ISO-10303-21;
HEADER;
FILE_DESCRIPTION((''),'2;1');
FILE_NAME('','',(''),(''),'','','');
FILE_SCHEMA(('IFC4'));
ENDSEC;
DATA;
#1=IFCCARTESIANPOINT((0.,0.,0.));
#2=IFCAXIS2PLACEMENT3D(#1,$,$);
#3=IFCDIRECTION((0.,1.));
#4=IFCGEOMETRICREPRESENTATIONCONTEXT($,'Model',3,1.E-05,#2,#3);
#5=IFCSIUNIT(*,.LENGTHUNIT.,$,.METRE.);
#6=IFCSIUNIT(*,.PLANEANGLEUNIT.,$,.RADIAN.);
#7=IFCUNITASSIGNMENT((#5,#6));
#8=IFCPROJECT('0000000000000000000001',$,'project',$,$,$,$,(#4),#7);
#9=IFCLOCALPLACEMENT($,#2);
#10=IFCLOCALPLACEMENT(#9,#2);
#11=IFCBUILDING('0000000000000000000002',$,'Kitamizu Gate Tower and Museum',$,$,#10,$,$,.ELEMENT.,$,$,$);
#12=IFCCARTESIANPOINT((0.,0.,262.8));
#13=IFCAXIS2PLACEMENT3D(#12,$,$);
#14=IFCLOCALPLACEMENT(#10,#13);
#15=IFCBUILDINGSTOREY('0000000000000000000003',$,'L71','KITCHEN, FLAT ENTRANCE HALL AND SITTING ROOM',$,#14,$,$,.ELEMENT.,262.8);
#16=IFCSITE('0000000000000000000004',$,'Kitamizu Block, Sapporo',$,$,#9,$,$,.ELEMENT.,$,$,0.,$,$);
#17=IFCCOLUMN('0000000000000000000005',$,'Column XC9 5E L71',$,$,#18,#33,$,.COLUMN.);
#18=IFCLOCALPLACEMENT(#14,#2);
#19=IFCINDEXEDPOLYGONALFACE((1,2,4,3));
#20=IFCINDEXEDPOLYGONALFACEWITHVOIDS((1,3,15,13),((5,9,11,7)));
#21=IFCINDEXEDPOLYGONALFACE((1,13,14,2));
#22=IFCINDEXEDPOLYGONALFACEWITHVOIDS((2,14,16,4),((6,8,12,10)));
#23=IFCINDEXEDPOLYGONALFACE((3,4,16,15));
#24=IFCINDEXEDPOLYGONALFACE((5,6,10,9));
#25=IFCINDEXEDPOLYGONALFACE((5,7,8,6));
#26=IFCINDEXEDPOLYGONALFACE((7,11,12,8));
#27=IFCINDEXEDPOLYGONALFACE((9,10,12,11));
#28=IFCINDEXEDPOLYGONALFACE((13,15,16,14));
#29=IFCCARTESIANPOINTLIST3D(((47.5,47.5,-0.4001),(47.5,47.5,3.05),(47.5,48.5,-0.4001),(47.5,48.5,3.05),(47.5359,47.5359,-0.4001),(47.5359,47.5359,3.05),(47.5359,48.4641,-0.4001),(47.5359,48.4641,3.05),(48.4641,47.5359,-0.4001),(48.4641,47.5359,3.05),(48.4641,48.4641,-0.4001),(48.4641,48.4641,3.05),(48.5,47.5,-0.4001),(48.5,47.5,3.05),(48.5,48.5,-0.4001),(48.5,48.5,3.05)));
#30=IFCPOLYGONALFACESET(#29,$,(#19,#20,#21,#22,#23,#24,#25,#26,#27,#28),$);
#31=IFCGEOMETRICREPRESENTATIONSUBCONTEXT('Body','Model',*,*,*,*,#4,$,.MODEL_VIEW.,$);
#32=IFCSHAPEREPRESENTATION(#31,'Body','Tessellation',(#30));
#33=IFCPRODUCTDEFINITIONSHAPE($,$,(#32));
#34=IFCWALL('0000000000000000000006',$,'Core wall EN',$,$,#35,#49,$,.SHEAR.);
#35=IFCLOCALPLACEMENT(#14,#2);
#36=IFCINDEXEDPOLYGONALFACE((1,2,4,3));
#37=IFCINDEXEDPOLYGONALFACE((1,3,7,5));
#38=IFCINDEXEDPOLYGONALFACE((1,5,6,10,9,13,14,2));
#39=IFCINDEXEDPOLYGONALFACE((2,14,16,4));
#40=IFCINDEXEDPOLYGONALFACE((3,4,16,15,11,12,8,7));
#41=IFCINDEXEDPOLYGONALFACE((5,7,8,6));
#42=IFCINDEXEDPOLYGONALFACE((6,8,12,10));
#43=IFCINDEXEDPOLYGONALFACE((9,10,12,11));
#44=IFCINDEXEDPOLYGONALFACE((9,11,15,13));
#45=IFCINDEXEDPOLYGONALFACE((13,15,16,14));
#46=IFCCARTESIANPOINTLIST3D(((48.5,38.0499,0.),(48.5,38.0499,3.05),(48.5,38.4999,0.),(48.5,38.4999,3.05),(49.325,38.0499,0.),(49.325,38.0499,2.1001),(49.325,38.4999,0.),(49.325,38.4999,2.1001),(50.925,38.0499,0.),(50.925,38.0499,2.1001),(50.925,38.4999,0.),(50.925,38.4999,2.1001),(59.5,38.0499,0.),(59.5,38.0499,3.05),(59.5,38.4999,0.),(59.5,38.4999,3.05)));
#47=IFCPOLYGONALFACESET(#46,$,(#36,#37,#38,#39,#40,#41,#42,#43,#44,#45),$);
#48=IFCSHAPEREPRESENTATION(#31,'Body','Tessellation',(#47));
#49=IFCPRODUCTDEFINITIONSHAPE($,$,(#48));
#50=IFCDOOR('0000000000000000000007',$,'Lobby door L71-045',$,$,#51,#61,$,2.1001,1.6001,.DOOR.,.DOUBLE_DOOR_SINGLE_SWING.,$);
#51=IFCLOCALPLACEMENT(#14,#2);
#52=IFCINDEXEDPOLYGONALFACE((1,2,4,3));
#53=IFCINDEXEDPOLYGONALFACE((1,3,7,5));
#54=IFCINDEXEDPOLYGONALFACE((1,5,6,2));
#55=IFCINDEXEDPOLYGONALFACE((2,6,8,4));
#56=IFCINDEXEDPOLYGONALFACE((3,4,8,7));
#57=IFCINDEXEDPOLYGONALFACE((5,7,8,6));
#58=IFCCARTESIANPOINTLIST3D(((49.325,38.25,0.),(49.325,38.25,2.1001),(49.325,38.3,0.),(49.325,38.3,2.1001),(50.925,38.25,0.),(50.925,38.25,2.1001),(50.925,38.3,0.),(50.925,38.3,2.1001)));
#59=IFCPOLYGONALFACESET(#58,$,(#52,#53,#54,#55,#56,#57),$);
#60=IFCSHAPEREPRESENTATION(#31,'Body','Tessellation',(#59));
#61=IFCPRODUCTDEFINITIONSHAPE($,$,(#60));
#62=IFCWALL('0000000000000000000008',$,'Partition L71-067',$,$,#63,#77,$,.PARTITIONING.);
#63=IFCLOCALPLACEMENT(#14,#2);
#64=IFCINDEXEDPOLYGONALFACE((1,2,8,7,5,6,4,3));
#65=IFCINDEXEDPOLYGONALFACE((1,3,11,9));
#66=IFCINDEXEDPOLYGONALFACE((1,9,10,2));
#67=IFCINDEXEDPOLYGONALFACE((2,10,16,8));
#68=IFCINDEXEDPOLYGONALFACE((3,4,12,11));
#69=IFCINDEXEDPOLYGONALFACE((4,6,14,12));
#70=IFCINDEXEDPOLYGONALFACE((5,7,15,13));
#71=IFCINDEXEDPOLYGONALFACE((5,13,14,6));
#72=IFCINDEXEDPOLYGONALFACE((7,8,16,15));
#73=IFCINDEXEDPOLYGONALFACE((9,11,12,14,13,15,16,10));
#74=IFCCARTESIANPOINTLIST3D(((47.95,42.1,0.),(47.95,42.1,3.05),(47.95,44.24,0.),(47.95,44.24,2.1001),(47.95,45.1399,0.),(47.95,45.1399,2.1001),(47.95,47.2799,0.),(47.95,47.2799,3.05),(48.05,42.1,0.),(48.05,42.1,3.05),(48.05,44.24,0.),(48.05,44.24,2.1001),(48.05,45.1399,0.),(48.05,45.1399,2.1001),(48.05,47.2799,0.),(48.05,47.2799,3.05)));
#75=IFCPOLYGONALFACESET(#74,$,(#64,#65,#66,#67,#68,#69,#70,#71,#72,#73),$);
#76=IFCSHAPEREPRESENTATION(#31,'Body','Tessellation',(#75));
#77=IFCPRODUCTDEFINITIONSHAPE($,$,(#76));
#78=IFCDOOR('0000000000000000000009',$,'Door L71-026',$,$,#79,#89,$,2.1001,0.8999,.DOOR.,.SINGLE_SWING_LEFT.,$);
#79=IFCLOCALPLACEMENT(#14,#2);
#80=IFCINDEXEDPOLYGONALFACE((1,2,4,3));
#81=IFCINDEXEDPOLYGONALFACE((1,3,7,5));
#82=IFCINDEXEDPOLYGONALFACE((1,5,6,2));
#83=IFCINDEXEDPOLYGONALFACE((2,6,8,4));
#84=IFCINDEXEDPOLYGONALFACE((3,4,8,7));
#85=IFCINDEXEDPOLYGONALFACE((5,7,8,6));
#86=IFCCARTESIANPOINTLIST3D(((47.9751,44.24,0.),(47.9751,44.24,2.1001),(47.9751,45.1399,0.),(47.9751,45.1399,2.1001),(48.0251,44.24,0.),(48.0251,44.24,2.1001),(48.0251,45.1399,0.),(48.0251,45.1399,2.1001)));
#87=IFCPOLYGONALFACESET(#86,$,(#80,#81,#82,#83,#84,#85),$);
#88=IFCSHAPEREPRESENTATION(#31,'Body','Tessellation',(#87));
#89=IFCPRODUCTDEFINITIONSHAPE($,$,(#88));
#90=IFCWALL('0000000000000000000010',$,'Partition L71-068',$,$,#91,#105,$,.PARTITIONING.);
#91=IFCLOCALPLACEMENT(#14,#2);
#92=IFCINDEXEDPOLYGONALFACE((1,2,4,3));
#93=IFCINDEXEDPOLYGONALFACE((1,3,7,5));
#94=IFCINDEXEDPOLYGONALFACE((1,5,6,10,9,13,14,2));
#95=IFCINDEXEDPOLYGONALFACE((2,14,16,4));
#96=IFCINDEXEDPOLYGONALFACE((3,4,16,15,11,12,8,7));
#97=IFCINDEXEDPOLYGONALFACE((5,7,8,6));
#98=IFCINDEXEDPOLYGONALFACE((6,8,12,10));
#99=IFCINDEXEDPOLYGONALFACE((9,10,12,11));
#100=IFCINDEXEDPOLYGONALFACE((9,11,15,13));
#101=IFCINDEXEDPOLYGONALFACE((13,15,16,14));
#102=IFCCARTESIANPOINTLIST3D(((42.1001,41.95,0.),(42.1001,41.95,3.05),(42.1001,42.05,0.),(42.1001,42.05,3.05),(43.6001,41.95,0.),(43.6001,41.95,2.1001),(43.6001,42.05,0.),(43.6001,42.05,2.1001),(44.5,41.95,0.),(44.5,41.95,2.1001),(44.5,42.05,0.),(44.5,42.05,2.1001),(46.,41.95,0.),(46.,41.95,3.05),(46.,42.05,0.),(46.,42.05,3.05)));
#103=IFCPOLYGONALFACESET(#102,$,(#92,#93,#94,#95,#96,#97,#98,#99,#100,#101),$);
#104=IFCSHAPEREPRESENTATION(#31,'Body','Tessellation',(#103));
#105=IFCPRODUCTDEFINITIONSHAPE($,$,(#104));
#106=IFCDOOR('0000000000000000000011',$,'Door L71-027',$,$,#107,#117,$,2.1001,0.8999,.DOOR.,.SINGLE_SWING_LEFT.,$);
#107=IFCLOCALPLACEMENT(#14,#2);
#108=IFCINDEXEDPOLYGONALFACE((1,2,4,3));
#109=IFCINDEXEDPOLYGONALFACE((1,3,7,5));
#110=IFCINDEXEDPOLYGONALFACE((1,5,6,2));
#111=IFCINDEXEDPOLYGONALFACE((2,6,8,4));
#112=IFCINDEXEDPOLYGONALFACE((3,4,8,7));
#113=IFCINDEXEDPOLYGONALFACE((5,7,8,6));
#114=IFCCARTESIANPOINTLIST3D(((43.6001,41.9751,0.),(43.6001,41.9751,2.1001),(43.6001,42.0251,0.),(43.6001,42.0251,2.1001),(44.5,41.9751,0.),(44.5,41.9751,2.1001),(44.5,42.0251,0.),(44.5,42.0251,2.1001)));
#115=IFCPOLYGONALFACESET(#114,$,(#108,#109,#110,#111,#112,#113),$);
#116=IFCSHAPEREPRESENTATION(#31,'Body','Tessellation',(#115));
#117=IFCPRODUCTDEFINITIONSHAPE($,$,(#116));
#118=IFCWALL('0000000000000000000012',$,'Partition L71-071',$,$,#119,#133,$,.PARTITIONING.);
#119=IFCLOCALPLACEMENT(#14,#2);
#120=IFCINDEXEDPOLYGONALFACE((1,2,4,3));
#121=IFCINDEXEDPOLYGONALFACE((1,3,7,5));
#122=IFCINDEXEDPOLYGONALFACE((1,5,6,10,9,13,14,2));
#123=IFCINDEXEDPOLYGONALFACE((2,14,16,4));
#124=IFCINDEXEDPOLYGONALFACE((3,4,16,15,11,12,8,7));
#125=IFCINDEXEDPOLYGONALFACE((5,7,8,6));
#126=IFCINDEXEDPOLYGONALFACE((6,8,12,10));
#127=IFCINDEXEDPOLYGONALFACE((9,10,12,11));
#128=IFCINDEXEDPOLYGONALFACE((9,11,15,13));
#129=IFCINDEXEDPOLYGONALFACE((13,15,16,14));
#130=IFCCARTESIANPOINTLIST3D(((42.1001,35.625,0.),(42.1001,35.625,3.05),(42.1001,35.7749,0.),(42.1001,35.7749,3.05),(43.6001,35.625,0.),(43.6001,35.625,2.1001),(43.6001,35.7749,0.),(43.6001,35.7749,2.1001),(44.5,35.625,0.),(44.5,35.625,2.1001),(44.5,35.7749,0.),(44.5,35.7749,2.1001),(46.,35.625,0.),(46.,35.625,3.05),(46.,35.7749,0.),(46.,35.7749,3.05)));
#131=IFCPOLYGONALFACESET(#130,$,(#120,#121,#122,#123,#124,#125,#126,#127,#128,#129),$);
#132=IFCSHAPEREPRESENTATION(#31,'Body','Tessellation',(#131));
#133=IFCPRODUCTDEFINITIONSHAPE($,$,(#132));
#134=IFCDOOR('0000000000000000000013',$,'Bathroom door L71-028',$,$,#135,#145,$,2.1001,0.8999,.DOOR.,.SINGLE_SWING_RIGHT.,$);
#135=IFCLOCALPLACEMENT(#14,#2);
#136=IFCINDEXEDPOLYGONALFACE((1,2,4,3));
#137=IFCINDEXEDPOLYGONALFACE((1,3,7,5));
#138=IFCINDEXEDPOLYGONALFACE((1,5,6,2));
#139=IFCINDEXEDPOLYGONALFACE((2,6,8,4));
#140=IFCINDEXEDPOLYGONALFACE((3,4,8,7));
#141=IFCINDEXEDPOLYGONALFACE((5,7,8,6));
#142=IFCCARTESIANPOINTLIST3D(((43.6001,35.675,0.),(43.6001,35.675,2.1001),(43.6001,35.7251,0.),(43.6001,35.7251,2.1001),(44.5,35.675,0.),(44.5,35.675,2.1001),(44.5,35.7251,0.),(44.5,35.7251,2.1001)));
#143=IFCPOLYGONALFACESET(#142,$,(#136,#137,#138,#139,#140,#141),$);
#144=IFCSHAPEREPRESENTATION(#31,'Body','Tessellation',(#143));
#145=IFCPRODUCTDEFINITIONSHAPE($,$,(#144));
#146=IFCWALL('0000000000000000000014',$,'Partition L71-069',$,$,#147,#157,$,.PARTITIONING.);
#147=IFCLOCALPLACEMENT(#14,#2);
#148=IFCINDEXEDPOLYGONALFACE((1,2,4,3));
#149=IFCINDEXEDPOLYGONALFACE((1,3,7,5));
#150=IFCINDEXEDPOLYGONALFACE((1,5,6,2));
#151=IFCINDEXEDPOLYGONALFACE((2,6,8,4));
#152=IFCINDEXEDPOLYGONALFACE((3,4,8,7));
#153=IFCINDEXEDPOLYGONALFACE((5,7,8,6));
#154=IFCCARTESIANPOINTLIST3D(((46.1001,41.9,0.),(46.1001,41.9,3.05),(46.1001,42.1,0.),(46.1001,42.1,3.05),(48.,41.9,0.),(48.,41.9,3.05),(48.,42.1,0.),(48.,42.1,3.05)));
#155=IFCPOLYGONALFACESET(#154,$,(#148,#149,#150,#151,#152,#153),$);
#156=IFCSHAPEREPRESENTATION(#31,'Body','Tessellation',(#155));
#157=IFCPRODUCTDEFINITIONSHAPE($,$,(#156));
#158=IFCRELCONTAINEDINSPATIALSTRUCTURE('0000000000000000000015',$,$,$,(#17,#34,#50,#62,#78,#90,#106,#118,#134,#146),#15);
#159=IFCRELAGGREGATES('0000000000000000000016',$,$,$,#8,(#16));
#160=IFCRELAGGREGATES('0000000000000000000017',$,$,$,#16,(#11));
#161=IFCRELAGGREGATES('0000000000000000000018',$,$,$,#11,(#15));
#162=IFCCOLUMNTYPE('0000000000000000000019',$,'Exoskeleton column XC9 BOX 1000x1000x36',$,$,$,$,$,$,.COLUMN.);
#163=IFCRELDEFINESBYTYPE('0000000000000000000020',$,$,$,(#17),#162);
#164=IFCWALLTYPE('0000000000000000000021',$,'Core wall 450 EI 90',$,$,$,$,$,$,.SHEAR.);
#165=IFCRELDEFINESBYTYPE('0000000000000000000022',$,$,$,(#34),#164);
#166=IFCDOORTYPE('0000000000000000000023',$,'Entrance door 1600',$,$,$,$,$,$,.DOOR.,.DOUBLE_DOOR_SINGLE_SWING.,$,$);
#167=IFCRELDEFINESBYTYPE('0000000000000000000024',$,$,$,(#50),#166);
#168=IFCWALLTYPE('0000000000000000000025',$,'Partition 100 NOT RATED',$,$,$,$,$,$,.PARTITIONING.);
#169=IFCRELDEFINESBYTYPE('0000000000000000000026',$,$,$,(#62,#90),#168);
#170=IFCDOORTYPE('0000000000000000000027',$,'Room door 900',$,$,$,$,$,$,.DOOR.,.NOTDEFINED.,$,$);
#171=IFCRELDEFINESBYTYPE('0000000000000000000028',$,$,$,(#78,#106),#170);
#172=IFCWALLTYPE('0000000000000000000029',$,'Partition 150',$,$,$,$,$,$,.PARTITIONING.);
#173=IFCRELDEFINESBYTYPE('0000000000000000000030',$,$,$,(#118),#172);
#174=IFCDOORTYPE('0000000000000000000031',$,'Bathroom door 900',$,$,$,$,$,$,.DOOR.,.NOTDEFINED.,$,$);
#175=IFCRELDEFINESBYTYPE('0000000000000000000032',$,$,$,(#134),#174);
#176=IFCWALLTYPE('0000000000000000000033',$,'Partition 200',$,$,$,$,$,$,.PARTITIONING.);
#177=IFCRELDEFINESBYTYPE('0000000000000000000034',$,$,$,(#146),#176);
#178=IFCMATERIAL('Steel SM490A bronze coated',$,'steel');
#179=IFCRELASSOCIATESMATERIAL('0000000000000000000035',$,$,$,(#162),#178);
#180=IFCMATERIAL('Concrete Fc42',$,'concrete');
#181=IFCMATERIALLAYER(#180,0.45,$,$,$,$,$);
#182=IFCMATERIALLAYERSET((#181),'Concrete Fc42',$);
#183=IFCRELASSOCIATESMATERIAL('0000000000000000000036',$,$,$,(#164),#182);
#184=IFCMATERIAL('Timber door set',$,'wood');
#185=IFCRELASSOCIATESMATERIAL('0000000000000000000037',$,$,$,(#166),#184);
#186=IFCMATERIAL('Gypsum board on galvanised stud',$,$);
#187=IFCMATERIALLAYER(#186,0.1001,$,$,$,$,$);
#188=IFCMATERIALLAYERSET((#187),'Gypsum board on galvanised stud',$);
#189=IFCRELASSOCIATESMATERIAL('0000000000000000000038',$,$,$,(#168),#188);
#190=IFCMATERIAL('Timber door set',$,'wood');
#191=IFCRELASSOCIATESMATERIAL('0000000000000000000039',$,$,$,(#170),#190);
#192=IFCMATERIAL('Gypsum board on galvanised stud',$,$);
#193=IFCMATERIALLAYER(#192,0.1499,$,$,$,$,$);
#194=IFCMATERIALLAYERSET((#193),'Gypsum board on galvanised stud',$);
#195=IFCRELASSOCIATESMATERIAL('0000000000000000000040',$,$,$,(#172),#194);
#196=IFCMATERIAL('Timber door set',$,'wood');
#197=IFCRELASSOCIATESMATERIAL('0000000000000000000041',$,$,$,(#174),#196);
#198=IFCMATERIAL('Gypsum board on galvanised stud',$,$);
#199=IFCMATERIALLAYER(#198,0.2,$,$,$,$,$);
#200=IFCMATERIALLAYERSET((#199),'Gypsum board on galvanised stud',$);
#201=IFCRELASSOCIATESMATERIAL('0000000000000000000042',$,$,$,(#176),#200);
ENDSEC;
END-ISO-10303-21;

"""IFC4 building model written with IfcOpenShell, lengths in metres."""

from ifc_helpers import new_model, si_unit, direction, frame, frame_2d, origin, origin_2d, place, context, subcontext, project, spatial, rectangle, hollow_rectangle, extrude, material, layer, layer_set, material_profile, profile_set, type_object, element, fill, save


model = new_model("IFC4")

# Units and contexts
model_context = context("Model", 3, precision=1e-05, world=origin(), true_north=direction((0.0, 1.0)))
body_context = subcontext(model_context, "Body", "Model", "MODEL_VIEW")
ifc_project = project(units=[si_unit("LENGTHUNIT", "METRE"), si_unit("PLANEANGLEUNIT", "RADIAN")], contexts=[model_context])

# Site, building, storey
site_placement = place(None, origin())
site = spatial("IfcSite", under=ifc_project, at=site_placement, Name="Kitamizu Block, Sapporo", CompositionType="ELEMENT", RefElevation=0.0)
building_placement = place(site_placement, origin())
building = spatial("IfcBuilding", under=site, at=building_placement, Name="Kitamizu Gate Tower and Museum", CompositionType="ELEMENT")
storey_placement = place(building_placement, frame((0.0, 0.0, 262.8)))
storey = spatial("IfcBuildingStorey", under=building, at=storey_placement, Name="L71", Description="KITCHEN, FLAT ENTRANCE HALL AND SITTING ROOM", CompositionType="ELEMENT", Elevation=262.8)

# Column
ifc_material_1 = material(Name="Steel SM490A bronze coated", Category="steel")
ifc_material_profile = material_profile(ifc_material_1, hollow_rectangle(XDim=1.0, YDim=1.0, WallThickness=0.0359, at=origin_2d()), Name="BOX 1000x1000x36")
ifc_profile_set = profile_set([ifc_material_profile], Name="Steel SM490A bronze coated")
column_type = type_object("IfcColumnType", Name="Exoskeleton column XC9 BOX 1000x1000x36", PredefinedType="COLUMN", material=ifc_profile_set)
column_placement = place(storey_placement, frame((48.0, 48.0, -0.4001), z_axis=(0.0, 0.0, 1.0), x_axis=(1.0, 0.0, 0.0)))
element("IfcColumn", 1, at=column_placement, inside=storey, type_object=column_type, Name="Column XC9 5E L71", PredefinedType="COLUMN", context=body_context, shape_type="SweptSolid", body=[
    extrude(hollow_rectangle(XDim=1.0, YDim=1.0, WallThickness=0.0359, at=origin_2d()), origin(), (0.0, 0.0, 1.0), 3.4502),
])

# Walls, openings, doors
ifc_material_2 = material(Name="Concrete Fc42", Category="concrete")
ifc_layer_1 = layer(ifc_material_2, 0.45)
ifc_layer_set_1 = layer_set([ifc_layer_1], Name="Concrete Fc42")
wall_type_1 = type_object("IfcWallType", Name="Core wall 450 EI 90", PredefinedType="SHEAR", material=ifc_layer_set_1)
wall_1_placement = place(storey_placement, frame((59.5, 38.2749, 0.0), z_axis=(0.0, 0.0, 1.0), x_axis=(-1.0, 0.0, 0.0)))
wall_1 = element("IfcWall", 2, at=wall_1_placement, inside=storey, type_object=wall_type_1, Name="Core wall EN", PredefinedType="SHEAR", context=body_context, shape_type="SweptSolid", body=[
    extrude(rectangle(XDim=11.0, YDim=0.45, at=frame_2d((5.5, 0.0))), origin(), (0.0, 0.0, 1.0), 3.05),
])
opening_1_placement = place(wall_1_placement, frame((8.575, 0.0, 0.0)))
opening_1 = element("IfcOpeningElement", 3, at=opening_1_placement, cuts=wall_1, PredefinedType="OPENING", context=body_context, shape_type="SweptSolid", body=[
    extrude(rectangle(XDim=1.6001, YDim=2.1001, at=frame_2d((0.8, 1.05))), frame((0.0, 0.2349, 0.0), z_axis=(0.0, -1.0, 0.0), x_axis=(1.0, 0.0, 0.0)), (0.0, 0.0, 1.0), 0.47),
])
ifc_material_3 = material(Name="Timber door set", Category="wood")
door_type_1 = type_object("IfcDoorType", Name="Entrance door 1600", OperationType="DOUBLE_DOOR_SINGLE_SWING", PredefinedType="DOOR", material=ifc_material_3)
door_1_placement = place(opening_1_placement, origin())
door_1 = element("IfcDoor", 4, at=door_1_placement, inside=storey, type_object=door_type_1, Name="Lobby door L71-045", OperationType="DOUBLE_DOOR_SINGLE_SWING", OverallHeight=2.1001, OverallWidth=1.6001, PredefinedType="DOOR", context=body_context, shape_type="SweptSolid", body=[
    extrude(rectangle(XDim=1.6001, YDim=2.1001, at=frame_2d((0.8, 1.05))), frame((0.0, 0.0249, 0.0), z_axis=(0.0, -1.0, 0.0), x_axis=(1.0, 0.0, 0.0)), (0.0, 0.0, 1.0), 0.05),
])
fill(opening_1, door_1)
ifc_material_4 = material(Name="Gypsum board on galvanised stud")
ifc_layer_2 = layer(ifc_material_4, 0.1001)
ifc_layer_set_2 = layer_set([ifc_layer_2], Name="Gypsum board on galvanised stud")
wall_type_2 = type_object("IfcWallType", Name="Partition 100 NOT RATED", PredefinedType="PARTITIONING", material=ifc_layer_set_2)
wall_2_placement = place(storey_placement, frame((48.0, 42.1001, 0.0), z_axis=(0.0, 0.0, 1.0), x_axis=(0.0, 1.0, 0.0)))
wall_2 = element("IfcWall", 5, at=wall_2_placement, inside=storey, type_object=wall_type_2, Name="Partition L71-067", PredefinedType="PARTITIONING", context=body_context, shape_type="SweptSolid", body=[
    extrude(rectangle(XDim=5.1799, YDim=0.1001, at=frame_2d((2.5898, 0.0))), origin(), (0.0, 0.0, 1.0), 3.05),
])
opening_2_placement = place(wall_2_placement, frame((2.1399, 0.0, 0.0)))
opening_2 = element("IfcOpeningElement", 6, at=opening_2_placement, cuts=wall_2, PredefinedType="OPENING", context=body_context, shape_type="SweptSolid", body=[
    extrude(rectangle(XDim=0.8999, YDim=2.1001, at=frame_2d((0.45, 1.05))), frame((0.0, 0.0601, 0.0), z_axis=(0.0, -1.0, 0.0), x_axis=(1.0, 0.0, 0.0)), (0.0, 0.0, 1.0), 0.1201),
])
ifc_material_5 = material(Name="Timber door set", Category="wood")
door_type_2 = type_object("IfcDoorType", Name="Room door 900", OperationType="NOTDEFINED", PredefinedType="DOOR", material=ifc_material_5)
door_2_placement = place(opening_2_placement, origin())
door_2 = element("IfcDoor", 7, at=door_2_placement, inside=storey, type_object=door_type_2, Name="Door L71-026", OperationType="SINGLE_SWING_LEFT", OverallHeight=2.1001, OverallWidth=0.8999, PredefinedType="DOOR", context=body_context, shape_type="SweptSolid", body=[
    extrude(rectangle(XDim=0.8999, YDim=2.1001, at=frame_2d((0.45, 1.05))), frame((0.0, 0.0249, 0.0), z_axis=(0.0, -1.0, 0.0), x_axis=(1.0, 0.0, 0.0)), (0.0, 0.0, 1.0), 0.05),
])
fill(opening_2, door_2)
wall_3_placement = place(storey_placement, frame((42.1001, 42.0, 0.0), z_axis=(0.0, 0.0, 1.0), x_axis=(1.0, 0.0, 0.0)))
wall_3 = element("IfcWall", 8, at=wall_3_placement, inside=storey, type_object=wall_type_2, Name="Partition L71-068", PredefinedType="PARTITIONING", context=body_context, shape_type="SweptSolid", body=[
    extrude(rectangle(XDim=3.8999, YDim=0.1001, at=frame_2d((1.95, 0.0))), origin(), (0.0, 0.0, 1.0), 3.05),
])
opening_3_placement = place(wall_3_placement, frame((1.5, 0.0, 0.0)))
opening_3 = element("IfcOpeningElement", 9, at=opening_3_placement, cuts=wall_3, PredefinedType="OPENING", context=body_context, shape_type="SweptSolid", body=[
    extrude(rectangle(XDim=0.8999, YDim=2.1001, at=frame_2d((0.45, 1.05))), frame((0.0, 0.0601, 0.0), z_axis=(0.0, -1.0, 0.0), x_axis=(1.0, 0.0, 0.0)), (0.0, 0.0, 1.0), 0.1201),
])
door_3_placement = place(opening_3_placement, frame((0.8999, 0.0, 0.0), x_axis=(-1.0, 0.0, 0.0)))
door_3 = element("IfcDoor", 10, at=door_3_placement, inside=storey, type_object=door_type_2, Name="Door L71-027", OperationType="SINGLE_SWING_LEFT", OverallHeight=2.1001, OverallWidth=0.8999, PredefinedType="DOOR", context=body_context, shape_type="SweptSolid", body=[
    extrude(rectangle(XDim=0.8999, YDim=2.1001, at=frame_2d((0.45, 1.05))), frame((0.0, 0.0249, 0.0), z_axis=(0.0, -1.0, 0.0), x_axis=(1.0, 0.0, 0.0)), (0.0, 0.0, 1.0), 0.05),
])
fill(opening_3, door_3)
ifc_material_6 = material(Name="Gypsum board on galvanised stud")
ifc_layer_3 = layer(ifc_material_6, 0.1499)
ifc_layer_set_3 = layer_set([ifc_layer_3], Name="Gypsum board on galvanised stud")
wall_type_3 = type_object("IfcWallType", Name="Partition 150", PredefinedType="PARTITIONING", material=ifc_layer_set_3)
wall_4_placement = place(storey_placement, frame((42.1001, 35.7, 0.0), z_axis=(0.0, 0.0, 1.0), x_axis=(1.0, 0.0, 0.0)))
wall_4 = element("IfcWall", 11, at=wall_4_placement, inside=storey, type_object=wall_type_3, Name="Partition L71-071", PredefinedType="PARTITIONING", context=body_context, shape_type="SweptSolid", body=[
    extrude(rectangle(XDim=3.8999, YDim=0.1499, at=frame_2d((1.95, 0.0))), origin(), (0.0, 0.0, 1.0), 3.05),
])
opening_4_placement = place(wall_4_placement, frame((1.5, 0.0, 0.0)))
opening_4 = element("IfcOpeningElement", 12, at=opening_4_placement, cuts=wall_4, PredefinedType="OPENING", context=body_context, shape_type="SweptSolid", body=[
    extrude(rectangle(XDim=0.8999, YDim=2.1001, at=frame_2d((0.45, 1.05))), frame((0.0, 0.085, 0.0), z_axis=(0.0, -1.0, 0.0), x_axis=(1.0, 0.0, 0.0)), (0.0, 0.0, 1.0), 0.1699),
])
ifc_material_7 = material(Name="Timber door set", Category="wood")
door_type_3 = type_object("IfcDoorType", Name="Bathroom door 900", OperationType="NOTDEFINED", PredefinedType="DOOR", material=ifc_material_7)
door_4_placement = place(opening_4_placement, frame((0.8999, 0.0, 0.0), x_axis=(-1.0, 0.0, 0.0)))
door_4 = element("IfcDoor", 13, at=door_4_placement, inside=storey, type_object=door_type_3, Name="Bathroom door L71-028", OperationType="SINGLE_SWING_RIGHT", OverallHeight=2.1001, OverallWidth=0.8999, PredefinedType="DOOR", context=body_context, shape_type="SweptSolid", body=[
    extrude(rectangle(XDim=0.8999, YDim=2.1001, at=frame_2d((0.45, 1.05))), frame((0.0, 0.0249, 0.0), z_axis=(0.0, -1.0, 0.0), x_axis=(1.0, 0.0, 0.0)), (0.0, 0.0, 1.0), 0.05),
])
fill(opening_4, door_4)

# Wall
ifc_material_8 = material(Name="Gypsum board on galvanised stud")
ifc_layer_4 = layer(ifc_material_8, 0.2)
ifc_layer_set_4 = layer_set([ifc_layer_4], Name="Gypsum board on galvanised stud")
wall_type_4 = type_object("IfcWallType", Name="Partition 200", PredefinedType="PARTITIONING", material=ifc_layer_set_4)
wall_5_placement = place(storey_placement, frame((46.1001, 42.0, 0.0), z_axis=(0.0, 0.0, 1.0), x_axis=(1.0, 0.0, 0.0)))
element("IfcWall", 14, at=wall_5_placement, inside=storey, type_object=wall_type_4, Name="Partition L71-069", PredefinedType="PARTITIONING", context=body_context, shape_type="SweptSolid", body=[
    extrude(rectangle(XDim=1.8999, YDim=0.2, at=frame_2d((0.95, 0.0))), origin(), (0.0, 0.0, 1.0), 3.05),
])

save(model, "model.ifc")
